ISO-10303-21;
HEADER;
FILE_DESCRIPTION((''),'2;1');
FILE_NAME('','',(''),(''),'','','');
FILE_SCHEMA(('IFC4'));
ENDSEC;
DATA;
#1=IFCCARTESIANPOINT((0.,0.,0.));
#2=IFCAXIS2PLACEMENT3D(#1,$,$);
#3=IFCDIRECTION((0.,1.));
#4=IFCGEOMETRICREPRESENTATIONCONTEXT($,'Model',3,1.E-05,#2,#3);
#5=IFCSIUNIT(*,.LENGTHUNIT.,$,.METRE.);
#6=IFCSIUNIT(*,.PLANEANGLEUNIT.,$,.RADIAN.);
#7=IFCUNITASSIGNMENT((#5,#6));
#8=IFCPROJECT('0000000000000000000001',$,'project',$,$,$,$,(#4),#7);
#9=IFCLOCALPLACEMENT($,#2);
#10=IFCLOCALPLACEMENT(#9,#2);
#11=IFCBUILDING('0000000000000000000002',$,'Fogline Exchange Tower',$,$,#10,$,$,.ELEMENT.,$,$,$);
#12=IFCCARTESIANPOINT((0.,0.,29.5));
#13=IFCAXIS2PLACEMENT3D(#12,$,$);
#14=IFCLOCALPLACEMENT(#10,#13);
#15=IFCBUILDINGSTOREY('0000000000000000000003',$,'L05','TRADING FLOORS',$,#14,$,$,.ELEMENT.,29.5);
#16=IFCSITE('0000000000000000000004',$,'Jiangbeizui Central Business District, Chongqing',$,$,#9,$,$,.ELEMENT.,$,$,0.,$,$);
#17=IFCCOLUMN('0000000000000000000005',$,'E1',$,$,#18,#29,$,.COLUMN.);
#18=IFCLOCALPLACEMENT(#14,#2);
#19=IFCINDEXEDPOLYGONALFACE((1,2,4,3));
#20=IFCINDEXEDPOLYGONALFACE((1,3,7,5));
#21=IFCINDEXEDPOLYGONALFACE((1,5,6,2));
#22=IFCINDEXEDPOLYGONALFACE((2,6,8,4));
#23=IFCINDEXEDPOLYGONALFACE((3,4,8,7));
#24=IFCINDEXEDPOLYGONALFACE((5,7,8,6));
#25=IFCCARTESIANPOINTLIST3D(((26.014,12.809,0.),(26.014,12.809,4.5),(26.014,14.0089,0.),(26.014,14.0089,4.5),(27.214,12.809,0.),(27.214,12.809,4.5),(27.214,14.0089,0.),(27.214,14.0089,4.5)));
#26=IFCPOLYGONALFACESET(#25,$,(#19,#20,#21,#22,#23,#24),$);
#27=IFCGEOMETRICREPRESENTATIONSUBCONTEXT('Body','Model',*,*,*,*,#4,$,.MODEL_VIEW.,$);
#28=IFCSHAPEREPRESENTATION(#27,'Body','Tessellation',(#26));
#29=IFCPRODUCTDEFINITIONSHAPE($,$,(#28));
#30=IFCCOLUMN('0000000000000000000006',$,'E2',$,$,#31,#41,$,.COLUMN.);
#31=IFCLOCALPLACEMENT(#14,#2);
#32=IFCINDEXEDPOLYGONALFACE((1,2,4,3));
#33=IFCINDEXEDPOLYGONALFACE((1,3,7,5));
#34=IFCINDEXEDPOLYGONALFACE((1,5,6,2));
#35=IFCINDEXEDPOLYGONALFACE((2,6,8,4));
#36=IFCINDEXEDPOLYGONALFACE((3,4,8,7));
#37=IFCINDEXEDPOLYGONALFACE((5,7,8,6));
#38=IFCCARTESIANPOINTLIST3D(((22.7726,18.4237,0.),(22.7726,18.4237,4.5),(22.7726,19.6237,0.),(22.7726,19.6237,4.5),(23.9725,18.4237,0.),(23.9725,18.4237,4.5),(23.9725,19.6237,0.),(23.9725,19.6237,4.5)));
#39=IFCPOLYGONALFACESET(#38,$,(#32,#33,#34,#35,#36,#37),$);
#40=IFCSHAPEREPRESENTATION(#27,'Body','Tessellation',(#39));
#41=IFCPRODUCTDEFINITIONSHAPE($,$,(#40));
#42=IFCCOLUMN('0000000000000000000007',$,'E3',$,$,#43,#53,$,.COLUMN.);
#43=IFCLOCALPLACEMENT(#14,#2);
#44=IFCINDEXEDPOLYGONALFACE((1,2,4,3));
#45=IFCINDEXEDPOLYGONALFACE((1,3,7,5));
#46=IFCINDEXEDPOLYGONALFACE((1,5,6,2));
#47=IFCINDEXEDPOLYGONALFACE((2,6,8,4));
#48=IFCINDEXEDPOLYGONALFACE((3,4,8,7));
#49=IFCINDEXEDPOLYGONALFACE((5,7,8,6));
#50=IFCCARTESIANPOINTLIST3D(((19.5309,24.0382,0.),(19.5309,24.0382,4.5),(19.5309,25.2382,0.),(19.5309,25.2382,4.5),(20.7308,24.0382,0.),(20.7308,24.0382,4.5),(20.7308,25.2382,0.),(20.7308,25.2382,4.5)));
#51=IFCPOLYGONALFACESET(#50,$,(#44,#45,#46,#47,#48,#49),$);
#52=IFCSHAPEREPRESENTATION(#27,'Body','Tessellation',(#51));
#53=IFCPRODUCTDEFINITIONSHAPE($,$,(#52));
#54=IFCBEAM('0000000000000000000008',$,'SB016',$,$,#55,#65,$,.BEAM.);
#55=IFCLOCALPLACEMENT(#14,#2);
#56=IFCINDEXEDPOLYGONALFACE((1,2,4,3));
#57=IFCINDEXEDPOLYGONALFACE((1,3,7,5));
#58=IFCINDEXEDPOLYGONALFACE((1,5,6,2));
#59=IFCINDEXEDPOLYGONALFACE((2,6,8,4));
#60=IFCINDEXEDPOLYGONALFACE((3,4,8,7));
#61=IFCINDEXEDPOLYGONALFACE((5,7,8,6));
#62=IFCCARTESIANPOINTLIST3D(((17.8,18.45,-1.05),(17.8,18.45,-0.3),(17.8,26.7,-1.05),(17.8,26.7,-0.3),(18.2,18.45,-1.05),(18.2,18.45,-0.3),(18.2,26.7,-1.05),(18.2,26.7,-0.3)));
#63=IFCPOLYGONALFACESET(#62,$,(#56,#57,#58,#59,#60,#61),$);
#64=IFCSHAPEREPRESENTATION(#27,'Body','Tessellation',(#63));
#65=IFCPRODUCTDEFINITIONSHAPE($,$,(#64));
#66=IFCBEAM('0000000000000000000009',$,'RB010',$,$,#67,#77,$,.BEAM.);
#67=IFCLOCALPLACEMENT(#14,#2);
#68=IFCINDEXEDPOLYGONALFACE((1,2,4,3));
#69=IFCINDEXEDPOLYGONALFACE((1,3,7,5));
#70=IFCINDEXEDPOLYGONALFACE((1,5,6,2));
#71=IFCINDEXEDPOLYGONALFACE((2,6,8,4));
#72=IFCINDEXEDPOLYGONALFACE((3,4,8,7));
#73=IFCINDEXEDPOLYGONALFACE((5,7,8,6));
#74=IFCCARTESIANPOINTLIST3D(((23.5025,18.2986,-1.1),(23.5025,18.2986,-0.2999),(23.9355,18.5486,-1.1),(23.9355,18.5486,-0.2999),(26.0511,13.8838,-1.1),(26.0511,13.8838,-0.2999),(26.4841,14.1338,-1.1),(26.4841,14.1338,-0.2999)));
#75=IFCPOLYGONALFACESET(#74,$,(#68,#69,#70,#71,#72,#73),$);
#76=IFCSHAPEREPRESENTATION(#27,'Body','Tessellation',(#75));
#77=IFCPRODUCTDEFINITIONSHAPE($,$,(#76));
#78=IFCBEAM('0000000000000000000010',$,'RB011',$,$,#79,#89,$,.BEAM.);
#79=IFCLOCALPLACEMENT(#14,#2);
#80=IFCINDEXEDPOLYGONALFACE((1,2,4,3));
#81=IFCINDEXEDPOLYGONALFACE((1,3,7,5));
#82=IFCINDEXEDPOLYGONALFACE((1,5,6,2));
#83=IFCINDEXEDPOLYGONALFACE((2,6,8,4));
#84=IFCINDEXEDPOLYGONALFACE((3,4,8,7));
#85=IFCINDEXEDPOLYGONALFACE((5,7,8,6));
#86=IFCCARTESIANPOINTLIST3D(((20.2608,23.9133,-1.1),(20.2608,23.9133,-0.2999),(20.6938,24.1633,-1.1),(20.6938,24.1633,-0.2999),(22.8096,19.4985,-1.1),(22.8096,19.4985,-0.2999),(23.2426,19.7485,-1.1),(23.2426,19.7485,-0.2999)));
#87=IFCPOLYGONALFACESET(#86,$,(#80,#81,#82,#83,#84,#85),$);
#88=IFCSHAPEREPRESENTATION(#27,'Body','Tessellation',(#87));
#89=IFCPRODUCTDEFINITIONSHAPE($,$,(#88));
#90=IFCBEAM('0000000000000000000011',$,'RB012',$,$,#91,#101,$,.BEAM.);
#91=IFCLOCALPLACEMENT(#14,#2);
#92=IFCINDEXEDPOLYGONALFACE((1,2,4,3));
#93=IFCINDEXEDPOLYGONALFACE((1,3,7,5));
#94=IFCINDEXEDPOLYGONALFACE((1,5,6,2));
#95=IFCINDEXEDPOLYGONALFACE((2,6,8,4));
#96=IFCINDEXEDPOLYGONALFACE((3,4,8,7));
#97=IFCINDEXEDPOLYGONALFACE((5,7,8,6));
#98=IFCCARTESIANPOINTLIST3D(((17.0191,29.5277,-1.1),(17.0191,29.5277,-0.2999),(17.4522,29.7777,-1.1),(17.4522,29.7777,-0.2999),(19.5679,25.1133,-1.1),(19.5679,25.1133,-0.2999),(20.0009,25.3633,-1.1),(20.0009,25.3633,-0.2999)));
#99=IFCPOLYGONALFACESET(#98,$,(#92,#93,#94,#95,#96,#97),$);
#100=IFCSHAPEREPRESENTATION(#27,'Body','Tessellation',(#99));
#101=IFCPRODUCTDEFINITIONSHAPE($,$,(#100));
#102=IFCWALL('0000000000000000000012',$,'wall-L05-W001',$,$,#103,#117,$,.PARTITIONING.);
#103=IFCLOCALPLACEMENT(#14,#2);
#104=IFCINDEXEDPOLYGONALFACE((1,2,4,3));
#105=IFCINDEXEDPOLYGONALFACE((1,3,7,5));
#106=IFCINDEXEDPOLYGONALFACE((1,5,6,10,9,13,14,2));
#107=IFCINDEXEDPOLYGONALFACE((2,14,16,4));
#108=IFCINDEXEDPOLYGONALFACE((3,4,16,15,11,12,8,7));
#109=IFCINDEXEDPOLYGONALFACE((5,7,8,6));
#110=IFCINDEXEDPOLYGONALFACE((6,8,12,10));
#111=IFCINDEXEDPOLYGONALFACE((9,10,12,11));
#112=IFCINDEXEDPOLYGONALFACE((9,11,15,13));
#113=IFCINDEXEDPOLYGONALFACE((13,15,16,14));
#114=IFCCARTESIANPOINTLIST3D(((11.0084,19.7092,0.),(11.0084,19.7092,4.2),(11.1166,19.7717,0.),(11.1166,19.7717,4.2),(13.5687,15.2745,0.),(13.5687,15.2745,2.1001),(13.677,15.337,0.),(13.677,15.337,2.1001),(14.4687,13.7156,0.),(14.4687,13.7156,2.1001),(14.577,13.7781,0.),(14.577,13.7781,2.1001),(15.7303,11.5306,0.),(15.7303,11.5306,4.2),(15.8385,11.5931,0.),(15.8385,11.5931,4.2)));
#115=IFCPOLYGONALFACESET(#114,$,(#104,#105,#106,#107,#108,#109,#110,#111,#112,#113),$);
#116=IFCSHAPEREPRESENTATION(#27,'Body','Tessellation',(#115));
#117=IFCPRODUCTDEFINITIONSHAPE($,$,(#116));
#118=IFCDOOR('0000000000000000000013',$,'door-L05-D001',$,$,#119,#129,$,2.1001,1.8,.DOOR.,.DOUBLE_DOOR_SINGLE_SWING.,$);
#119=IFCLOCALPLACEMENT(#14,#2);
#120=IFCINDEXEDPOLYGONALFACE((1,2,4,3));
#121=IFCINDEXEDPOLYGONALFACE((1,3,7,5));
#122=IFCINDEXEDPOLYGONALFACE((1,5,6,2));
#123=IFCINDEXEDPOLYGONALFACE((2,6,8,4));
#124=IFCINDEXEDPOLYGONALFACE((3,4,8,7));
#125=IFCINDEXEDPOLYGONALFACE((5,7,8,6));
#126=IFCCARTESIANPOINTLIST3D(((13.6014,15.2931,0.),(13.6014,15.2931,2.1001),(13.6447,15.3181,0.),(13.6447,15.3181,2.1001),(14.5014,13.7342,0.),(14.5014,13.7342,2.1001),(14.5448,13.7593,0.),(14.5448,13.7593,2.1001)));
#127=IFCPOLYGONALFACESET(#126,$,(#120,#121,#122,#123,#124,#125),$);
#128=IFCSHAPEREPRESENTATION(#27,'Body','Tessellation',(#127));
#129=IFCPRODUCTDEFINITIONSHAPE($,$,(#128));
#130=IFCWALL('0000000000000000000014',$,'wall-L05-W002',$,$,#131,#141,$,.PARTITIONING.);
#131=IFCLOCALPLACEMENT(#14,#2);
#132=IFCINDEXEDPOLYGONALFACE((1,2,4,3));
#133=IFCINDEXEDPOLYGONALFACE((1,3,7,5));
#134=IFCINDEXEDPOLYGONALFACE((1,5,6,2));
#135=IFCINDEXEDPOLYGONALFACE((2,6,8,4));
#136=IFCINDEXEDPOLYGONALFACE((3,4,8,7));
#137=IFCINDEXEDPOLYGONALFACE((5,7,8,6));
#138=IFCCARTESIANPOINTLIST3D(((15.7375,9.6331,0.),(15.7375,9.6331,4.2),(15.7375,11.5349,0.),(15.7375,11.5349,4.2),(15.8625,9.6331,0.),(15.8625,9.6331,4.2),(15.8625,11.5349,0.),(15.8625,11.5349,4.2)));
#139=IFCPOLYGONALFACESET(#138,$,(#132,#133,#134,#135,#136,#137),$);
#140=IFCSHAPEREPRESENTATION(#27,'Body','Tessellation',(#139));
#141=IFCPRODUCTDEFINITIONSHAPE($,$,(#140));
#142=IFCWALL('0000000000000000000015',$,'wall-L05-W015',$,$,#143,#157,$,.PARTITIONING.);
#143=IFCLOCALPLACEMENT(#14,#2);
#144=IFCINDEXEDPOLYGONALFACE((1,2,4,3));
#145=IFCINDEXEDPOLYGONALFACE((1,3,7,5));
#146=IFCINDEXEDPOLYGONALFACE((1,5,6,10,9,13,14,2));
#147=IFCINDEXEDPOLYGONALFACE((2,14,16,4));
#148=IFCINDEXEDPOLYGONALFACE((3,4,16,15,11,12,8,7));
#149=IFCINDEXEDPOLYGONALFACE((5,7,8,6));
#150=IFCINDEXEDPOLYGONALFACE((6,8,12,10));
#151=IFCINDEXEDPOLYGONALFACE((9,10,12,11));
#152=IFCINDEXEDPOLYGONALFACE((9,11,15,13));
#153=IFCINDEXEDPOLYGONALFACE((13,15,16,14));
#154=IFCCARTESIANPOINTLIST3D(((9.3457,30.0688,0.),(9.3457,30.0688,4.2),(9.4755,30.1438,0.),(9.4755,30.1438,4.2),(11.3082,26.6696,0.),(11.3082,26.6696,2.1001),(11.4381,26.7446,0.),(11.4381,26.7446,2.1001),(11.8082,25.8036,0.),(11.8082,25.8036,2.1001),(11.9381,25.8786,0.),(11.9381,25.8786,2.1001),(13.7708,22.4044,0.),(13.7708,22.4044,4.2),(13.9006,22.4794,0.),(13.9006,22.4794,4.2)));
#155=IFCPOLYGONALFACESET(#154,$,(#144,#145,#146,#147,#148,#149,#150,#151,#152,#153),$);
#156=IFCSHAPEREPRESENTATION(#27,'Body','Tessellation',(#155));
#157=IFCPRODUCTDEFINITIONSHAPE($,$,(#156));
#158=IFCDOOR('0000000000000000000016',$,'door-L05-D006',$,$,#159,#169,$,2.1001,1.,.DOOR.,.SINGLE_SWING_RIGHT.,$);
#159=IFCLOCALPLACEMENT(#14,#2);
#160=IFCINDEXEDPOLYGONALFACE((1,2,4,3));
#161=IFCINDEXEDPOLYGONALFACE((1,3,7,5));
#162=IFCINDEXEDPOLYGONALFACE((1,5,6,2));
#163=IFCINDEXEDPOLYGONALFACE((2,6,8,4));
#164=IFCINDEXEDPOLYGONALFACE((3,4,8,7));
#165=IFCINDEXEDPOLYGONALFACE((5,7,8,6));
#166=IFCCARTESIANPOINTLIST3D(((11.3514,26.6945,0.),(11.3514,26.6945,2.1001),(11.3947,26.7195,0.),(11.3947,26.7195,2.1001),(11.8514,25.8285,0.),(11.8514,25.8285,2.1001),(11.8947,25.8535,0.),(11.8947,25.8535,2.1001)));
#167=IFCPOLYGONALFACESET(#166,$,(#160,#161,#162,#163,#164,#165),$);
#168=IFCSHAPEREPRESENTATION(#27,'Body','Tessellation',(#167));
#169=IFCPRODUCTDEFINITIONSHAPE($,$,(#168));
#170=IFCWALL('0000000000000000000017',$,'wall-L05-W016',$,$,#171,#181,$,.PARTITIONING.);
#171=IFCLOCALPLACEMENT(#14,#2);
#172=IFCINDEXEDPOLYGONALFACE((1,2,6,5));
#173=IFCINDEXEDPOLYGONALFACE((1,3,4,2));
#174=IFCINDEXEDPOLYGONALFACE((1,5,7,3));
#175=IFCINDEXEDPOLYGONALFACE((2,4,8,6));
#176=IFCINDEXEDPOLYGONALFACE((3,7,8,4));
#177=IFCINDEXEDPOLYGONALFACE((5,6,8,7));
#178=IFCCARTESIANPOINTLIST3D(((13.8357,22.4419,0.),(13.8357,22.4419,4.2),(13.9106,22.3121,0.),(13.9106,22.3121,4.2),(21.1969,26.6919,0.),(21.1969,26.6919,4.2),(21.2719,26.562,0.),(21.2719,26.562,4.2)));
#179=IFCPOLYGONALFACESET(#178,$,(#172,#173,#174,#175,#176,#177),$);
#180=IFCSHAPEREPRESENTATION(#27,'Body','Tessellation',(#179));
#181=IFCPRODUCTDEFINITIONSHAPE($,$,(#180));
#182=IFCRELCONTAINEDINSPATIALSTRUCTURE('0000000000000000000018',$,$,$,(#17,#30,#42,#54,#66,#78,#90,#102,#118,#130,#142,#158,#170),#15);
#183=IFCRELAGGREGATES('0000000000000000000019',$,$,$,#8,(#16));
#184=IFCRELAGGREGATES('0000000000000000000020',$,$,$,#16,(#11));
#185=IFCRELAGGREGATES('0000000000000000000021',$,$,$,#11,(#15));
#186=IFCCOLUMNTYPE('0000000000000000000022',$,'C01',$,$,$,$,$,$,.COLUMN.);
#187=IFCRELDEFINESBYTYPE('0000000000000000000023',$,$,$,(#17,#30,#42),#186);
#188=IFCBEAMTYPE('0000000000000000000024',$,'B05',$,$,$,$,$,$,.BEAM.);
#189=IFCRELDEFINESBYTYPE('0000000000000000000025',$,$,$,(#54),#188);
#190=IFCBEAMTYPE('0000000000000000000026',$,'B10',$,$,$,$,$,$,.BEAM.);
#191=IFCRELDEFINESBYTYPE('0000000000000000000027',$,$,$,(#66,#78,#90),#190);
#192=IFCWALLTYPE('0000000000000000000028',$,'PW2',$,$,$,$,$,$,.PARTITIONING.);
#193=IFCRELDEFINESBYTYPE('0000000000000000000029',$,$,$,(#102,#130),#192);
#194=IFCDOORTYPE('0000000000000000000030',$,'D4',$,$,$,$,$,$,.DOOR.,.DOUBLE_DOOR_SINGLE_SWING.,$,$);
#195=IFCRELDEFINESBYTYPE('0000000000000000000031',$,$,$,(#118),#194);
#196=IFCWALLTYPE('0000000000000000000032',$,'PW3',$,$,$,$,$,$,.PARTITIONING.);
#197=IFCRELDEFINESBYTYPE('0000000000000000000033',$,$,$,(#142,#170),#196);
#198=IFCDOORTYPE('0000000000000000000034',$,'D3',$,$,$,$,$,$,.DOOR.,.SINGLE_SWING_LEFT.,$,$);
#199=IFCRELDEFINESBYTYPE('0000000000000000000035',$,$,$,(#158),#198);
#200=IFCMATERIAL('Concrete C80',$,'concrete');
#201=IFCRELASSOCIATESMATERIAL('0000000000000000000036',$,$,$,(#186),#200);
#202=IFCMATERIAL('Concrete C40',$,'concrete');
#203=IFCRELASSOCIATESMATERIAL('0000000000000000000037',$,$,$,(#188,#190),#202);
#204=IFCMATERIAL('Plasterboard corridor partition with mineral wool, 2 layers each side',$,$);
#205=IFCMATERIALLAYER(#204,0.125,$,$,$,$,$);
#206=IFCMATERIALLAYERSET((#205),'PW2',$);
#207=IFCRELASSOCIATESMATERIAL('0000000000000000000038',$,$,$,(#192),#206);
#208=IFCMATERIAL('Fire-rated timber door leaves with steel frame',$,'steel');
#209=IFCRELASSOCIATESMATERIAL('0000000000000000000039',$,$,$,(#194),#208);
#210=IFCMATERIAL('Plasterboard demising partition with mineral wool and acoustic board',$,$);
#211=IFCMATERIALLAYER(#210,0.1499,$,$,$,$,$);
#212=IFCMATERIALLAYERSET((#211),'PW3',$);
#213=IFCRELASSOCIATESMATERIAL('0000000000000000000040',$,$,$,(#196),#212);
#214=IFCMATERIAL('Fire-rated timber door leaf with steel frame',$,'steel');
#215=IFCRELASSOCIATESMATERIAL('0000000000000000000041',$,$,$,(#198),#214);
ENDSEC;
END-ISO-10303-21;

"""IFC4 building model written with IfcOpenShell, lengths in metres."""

from ifc_helpers import new_model, si_unit, direction, frame, frame_2d, origin, origin_2d, place, context, subcontext, project, spatial, rectangle, extrude, material, layer, layer_set, material_profile, profile_set, type_object, element, fill, save


model = new_model("IFC4")

# Units and contexts
model_context = context("Model", 3, precision=1e-05, world=origin(), true_north=direction((0.0, 1.0)))
body_context = subcontext(model_context, "Body", "Model", "MODEL_VIEW")
ifc_project = project(units=[si_unit("LENGTHUNIT", "METRE"), si_unit("PLANEANGLEUNIT", "RADIAN")], contexts=[model_context])

# Site, building, storey
site_placement = place(None, origin())
site = spatial("IfcSite", under=ifc_project, at=site_placement, Name="Jiangbeizui Central Business District, Chongqing", CompositionType="ELEMENT", RefElevation=0.0)
building_placement = place(site_placement, origin())
building = spatial("IfcBuilding", under=site, at=building_placement, Name="Fogline Exchange Tower", CompositionType="ELEMENT")
storey_placement = place(building_placement, frame((0.0, 0.0, 29.5)))
storey = spatial("IfcBuildingStorey", under=building, at=storey_placement, Name="L05", Description="TRADING FLOORS", CompositionType="ELEMENT", Elevation=29.5)

# Columns
ifc_material_1 = material(Name="Concrete C80", Category="concrete")
ifc_material_profile_1 = material_profile(ifc_material_1, rectangle(XDim=1.2, YDim=1.2, at=origin_2d()), Name="RC 1200x1200")
ifc_profile_set_1 = profile_set([ifc_material_profile_1], Name="Concrete C80")
column_type = type_object("IfcColumnType", Name="C01", PredefinedType="COLUMN", material=ifc_profile_set_1)
for number, where, z_axis, x_axis, name in (
    (1, (26.614, 13.4089, 0.0), (0.0, 0.0, 1.0), (1.0, 0.0, 0.0), "E1"),
    (2, (23.3726, 19.0237, 0.0), (0.0, 0.0, 1.0), (1.0, 0.0, 0.0), "E2"),
    (3, (20.1309, 24.6382, 0.0), (0.0, 0.0, 1.0), (1.0, 0.0, 0.0), "E3"),
):
    element("IfcColumn", number, at=place(storey_placement, frame(where, z_axis=z_axis, x_axis=x_axis)), inside=storey, type_object=column_type, Name=name, PredefinedType="COLUMN", context=body_context, shape_type="SweptSolid", body=[
        extrude(rectangle(XDim=1.2, YDim=1.2, at=origin_2d()), origin(), (0.0, 0.0, 1.0), 4.5),
    ])

# Beams
ifc_material_2 = material(Name="Concrete C40", Category="concrete")
ifc_material_profile_2 = material_profile(ifc_material_2, rectangle(XDim=0.3999, YDim=0.75, at=origin_2d()), Name="RC 400x750")
ifc_profile_set_2 = profile_set([ifc_material_profile_2], Name="Concrete C40")
beam_type_1 = type_object("IfcBeamType", Name="B05", PredefinedType="BEAM", material=ifc_profile_set_2)
beam_1_placement = place(storey_placement, frame((18.0, 18.45, -0.675), z_axis=(0.0, 1.0, 0.0), x_axis=(-1.0, 0.0, 0.0)))
element("IfcBeam", 4, at=beam_1_placement, inside=storey, type_object=beam_type_1, Name="SB016", PredefinedType="BEAM", context=body_context, shape_type="SweptSolid", body=[
    extrude(rectangle(XDim=0.3999, YDim=0.75, at=origin_2d()), origin(), (0.0, 0.0, 1.0), 8.25),
])
ifc_material_profile_3 = material_profile(ifc_material_2, rectangle(XDim=0.5, YDim=0.8, at=origin_2d()), Name="RC 500x800")
ifc_profile_set_3 = profile_set([ifc_material_profile_3], Name="Concrete C40")
beam_type_2 = type_object("IfcBeamType", Name="B10", PredefinedType="BEAM", material=ifc_profile_set_3)
for number, where, z_axis, x_axis, name in (
    (5, (26.2676, 14.0088, -0.7), (-0.499956, 0.866051, 0.0), (-0.866051, -0.499956, 0.0), "RB010"),
    (6, (23.0261, 19.6235, -0.7), (-0.499992, 0.86603, 0.0), (-0.86603, -0.499992, 0.0), "RB011"),
):
    element("IfcBeam", number, at=place(storey_placement, frame(where, z_axis=z_axis, x_axis=x_axis)), inside=storey, type_object=beam_type_2, Name=name, PredefinedType="BEAM", context=body_context, shape_type="SweptSolid", body=[
        extrude(rectangle(XDim=0.5, YDim=0.8, at=origin_2d()), origin(), (0.0, 0.0, 1.0), 5.0977),
    ])
beam_2_placement = place(storey_placement, frame((19.7844, 25.2383, -0.7), z_axis=(-0.500013, 0.866018, 0.0), x_axis=(-0.866018, -0.500013, 0.0)))
element("IfcBeam", 7, at=beam_2_placement, inside=storey, type_object=beam_type_2, Name="RB012", PredefinedType="BEAM", context=body_context, shape_type="SweptSolid", body=[
    extrude(rectangle(XDim=0.5, YDim=0.8, at=origin_2d()), origin(), (0.0, 0.0, 1.0), 5.0974),
])

# Wall, opening, door
ifc_material_3 = material(Name="Plasterboard corridor partition with mineral wool, 2 layers each side")
ifc_layer_1 = layer(ifc_material_3, 0.125)
ifc_layer_set_1 = layer_set([ifc_layer_1], Name="PW2")
wall_type_1 = type_object("IfcWallType", Name="PW2", PredefinedType="PARTITIONING", material=ifc_layer_set_1)
wall_1_placement = place(storey_placement, frame((11.0625, 19.7405, 0.0), z_axis=(0.0, 0.0, 1.0), x_axis=(0.499995, -0.866028, 0.0)))
wall_1 = element("IfcWall", 8, at=wall_1_placement, inside=storey, type_object=wall_type_1, Name="wall-L05-W001", PredefinedType="PARTITIONING", context=body_context, shape_type="SweptSolid", body=[
    extrude(rectangle(XDim=9.4438, YDim=0.125, at=frame_2d((4.7219, 0.0))), origin(), (0.0, 0.0, 1.0), 4.2),
])
opening_1_placement = place(wall_1_placement, frame((5.1208, 0.0, 0.0)))
opening_1 = element("IfcOpeningElement", 9, at=opening_1_placement, cuts=wall_1, PredefinedType="OPENING", context=body_context, shape_type="SweptSolid", body=[
    extrude(rectangle(XDim=1.8, YDim=2.1001, at=frame_2d((0.8999, 1.05))), frame((0.0, 0.0725, 0.0), z_axis=(0.0, -1.0, 0.0), x_axis=(1.0, 0.0, 0.0)), (0.0, 0.0, 1.0), 0.145),
])
ifc_material_4 = material(Name="Fire-rated timber door leaves with steel frame", Category="steel")
door_type_1 = type_object("IfcDoorType", Name="D4", OperationType="DOUBLE_DOOR_SINGLE_SWING", PredefinedType="DOOR", material=ifc_material_4)
door_1_placement = place(opening_1_placement, frame((1.8, 0.0, 0.0), z_axis=(0.0, 0.0, 1.0), x_axis=(-1.0, 0.0, 0.0)))
door_1 = element("IfcDoor", 10, at=door_1_placement, inside=storey, type_object=door_type_1, Name="door-L05-D001", OperationType="DOUBLE_DOOR_SINGLE_SWING", OverallHeight=2.1001, OverallWidth=1.8, PredefinedType="DOOR", context=body_context, shape_type="SweptSolid", body=[
    extrude(rectangle(XDim=1.8, YDim=2.1001, at=frame_2d((0.8999, 1.05))), frame((0.0, 0.0249, 0.0), z_axis=(0.0, -1.0, 0.0), x_axis=(1.0, 0.0, 0.0)), (0.0, 0.0, 1.0), 0.05),
])
fill(opening_1, door_1)

# Wall
wall_2_placement = place(storey_placement, frame((15.8, 11.5349, 0.0), z_axis=(0.0, 0.0, 1.0), x_axis=(0.0, -1.0, 0.0)))
element("IfcWall", 11, at=wall_2_placement, inside=storey, type_object=wall_type_1, Name="wall-L05-W002", PredefinedType="PARTITIONING", context=body_context, shape_type="SweptSolid", body=[
    extrude(rectangle(XDim=1.9019, YDim=0.125, at=frame_2d((0.9509, 0.0))), origin(), (0.0, 0.0, 1.0), 4.2),
])

# Wall, opening, door
ifc_material_5 = material(Name="Plasterboard demising partition with mineral wool and acoustic board")
ifc_layer_2 = layer(ifc_material_5, 0.1499)
ifc_layer_set_2 = layer_set([ifc_layer_2], Name="PW3")
wall_type_2 = type_object("IfcWallType", Name="PW3", PredefinedType="PARTITIONING", material=ifc_layer_set_2)
wall_3_placement = place(storey_placement, frame((13.8357, 22.4419, 0.0), z_axis=(0.0, 0.0, 1.0), x_axis=(-0.500005, 0.866023, 0.0)))
wall_3 = element("IfcWall", 12, at=wall_3_placement, inside=storey, type_object=wall_type_2, Name="wall-L05-W015", PredefinedType="PARTITIONING", context=body_context, shape_type="SweptSolid", body=[
    extrude(rectangle(XDim=8.8501, YDim=0.1499, at=frame_2d((4.425, 0.0))), origin(), (0.0, 0.0, 1.0), 4.2),
])
opening_2_placement = place(wall_3_placement, frame((3.925, 0.0, 0.0)))
opening_2 = element("IfcOpeningElement", 13, at=opening_2_placement, cuts=wall_3, PredefinedType="OPENING", context=body_context, shape_type="SweptSolid", body=[
    extrude(rectangle(XDim=1.0, YDim=2.1001, at=frame_2d((0.5, 1.05))), frame((0.0, 0.085, 0.0), z_axis=(0.0, -1.0, 0.0), x_axis=(1.0, 0.0, 0.0)), (0.0, 0.0, 1.0), 0.1699),
])
ifc_material_6 = material(Name="Fire-rated timber door leaf with steel frame", Category="steel")
door_type_2 = type_object("IfcDoorType", Name="D3", OperationType="SINGLE_SWING_LEFT", PredefinedType="DOOR", material=ifc_material_6)
door_2_placement = place(opening_2_placement, frame((1.0, 0.0, 0.0), z_axis=(0.0, 0.0, 1.0), x_axis=(-1.0, 0.0, 0.0)))
door_2 = element("IfcDoor", 14, at=door_2_placement, inside=storey, type_object=door_type_2, Name="door-L05-D006", OperationType="SINGLE_SWING_RIGHT", OverallHeight=2.1001, OverallWidth=1.0, PredefinedType="DOOR", context=body_context, shape_type="SweptSolid", body=[
    extrude(rectangle(XDim=1.0, YDim=2.1001, at=frame_2d((0.5, 1.05))), frame((0.0, 0.0249, 0.0), z_axis=(0.0, -1.0, 0.0), x_axis=(1.0, 0.0, 0.0)), (0.0, 0.0, 1.0), 0.05),
])
fill(opening_2, door_2)

# Wall
wall_4_placement = place(storey_placement, frame((21.2344, 26.627, 0.0), z_axis=(0.0, 0.0, 1.0), x_axis=(-0.866029, -0.499994, 0.0)))
element("IfcWall", 15, at=wall_4_placement, inside=storey, type_object=wall_type_2, Name="wall-L05-W016", PredefinedType="PARTITIONING", context=body_context, shape_type="SweptSolid", body=[
    extrude(rectangle(XDim=8.5, YDim=0.1499, at=frame_2d((4.25, 0.0))), origin(), (0.0, 0.0, 1.0), 4.2),
])

save(model, "model.ifc")
